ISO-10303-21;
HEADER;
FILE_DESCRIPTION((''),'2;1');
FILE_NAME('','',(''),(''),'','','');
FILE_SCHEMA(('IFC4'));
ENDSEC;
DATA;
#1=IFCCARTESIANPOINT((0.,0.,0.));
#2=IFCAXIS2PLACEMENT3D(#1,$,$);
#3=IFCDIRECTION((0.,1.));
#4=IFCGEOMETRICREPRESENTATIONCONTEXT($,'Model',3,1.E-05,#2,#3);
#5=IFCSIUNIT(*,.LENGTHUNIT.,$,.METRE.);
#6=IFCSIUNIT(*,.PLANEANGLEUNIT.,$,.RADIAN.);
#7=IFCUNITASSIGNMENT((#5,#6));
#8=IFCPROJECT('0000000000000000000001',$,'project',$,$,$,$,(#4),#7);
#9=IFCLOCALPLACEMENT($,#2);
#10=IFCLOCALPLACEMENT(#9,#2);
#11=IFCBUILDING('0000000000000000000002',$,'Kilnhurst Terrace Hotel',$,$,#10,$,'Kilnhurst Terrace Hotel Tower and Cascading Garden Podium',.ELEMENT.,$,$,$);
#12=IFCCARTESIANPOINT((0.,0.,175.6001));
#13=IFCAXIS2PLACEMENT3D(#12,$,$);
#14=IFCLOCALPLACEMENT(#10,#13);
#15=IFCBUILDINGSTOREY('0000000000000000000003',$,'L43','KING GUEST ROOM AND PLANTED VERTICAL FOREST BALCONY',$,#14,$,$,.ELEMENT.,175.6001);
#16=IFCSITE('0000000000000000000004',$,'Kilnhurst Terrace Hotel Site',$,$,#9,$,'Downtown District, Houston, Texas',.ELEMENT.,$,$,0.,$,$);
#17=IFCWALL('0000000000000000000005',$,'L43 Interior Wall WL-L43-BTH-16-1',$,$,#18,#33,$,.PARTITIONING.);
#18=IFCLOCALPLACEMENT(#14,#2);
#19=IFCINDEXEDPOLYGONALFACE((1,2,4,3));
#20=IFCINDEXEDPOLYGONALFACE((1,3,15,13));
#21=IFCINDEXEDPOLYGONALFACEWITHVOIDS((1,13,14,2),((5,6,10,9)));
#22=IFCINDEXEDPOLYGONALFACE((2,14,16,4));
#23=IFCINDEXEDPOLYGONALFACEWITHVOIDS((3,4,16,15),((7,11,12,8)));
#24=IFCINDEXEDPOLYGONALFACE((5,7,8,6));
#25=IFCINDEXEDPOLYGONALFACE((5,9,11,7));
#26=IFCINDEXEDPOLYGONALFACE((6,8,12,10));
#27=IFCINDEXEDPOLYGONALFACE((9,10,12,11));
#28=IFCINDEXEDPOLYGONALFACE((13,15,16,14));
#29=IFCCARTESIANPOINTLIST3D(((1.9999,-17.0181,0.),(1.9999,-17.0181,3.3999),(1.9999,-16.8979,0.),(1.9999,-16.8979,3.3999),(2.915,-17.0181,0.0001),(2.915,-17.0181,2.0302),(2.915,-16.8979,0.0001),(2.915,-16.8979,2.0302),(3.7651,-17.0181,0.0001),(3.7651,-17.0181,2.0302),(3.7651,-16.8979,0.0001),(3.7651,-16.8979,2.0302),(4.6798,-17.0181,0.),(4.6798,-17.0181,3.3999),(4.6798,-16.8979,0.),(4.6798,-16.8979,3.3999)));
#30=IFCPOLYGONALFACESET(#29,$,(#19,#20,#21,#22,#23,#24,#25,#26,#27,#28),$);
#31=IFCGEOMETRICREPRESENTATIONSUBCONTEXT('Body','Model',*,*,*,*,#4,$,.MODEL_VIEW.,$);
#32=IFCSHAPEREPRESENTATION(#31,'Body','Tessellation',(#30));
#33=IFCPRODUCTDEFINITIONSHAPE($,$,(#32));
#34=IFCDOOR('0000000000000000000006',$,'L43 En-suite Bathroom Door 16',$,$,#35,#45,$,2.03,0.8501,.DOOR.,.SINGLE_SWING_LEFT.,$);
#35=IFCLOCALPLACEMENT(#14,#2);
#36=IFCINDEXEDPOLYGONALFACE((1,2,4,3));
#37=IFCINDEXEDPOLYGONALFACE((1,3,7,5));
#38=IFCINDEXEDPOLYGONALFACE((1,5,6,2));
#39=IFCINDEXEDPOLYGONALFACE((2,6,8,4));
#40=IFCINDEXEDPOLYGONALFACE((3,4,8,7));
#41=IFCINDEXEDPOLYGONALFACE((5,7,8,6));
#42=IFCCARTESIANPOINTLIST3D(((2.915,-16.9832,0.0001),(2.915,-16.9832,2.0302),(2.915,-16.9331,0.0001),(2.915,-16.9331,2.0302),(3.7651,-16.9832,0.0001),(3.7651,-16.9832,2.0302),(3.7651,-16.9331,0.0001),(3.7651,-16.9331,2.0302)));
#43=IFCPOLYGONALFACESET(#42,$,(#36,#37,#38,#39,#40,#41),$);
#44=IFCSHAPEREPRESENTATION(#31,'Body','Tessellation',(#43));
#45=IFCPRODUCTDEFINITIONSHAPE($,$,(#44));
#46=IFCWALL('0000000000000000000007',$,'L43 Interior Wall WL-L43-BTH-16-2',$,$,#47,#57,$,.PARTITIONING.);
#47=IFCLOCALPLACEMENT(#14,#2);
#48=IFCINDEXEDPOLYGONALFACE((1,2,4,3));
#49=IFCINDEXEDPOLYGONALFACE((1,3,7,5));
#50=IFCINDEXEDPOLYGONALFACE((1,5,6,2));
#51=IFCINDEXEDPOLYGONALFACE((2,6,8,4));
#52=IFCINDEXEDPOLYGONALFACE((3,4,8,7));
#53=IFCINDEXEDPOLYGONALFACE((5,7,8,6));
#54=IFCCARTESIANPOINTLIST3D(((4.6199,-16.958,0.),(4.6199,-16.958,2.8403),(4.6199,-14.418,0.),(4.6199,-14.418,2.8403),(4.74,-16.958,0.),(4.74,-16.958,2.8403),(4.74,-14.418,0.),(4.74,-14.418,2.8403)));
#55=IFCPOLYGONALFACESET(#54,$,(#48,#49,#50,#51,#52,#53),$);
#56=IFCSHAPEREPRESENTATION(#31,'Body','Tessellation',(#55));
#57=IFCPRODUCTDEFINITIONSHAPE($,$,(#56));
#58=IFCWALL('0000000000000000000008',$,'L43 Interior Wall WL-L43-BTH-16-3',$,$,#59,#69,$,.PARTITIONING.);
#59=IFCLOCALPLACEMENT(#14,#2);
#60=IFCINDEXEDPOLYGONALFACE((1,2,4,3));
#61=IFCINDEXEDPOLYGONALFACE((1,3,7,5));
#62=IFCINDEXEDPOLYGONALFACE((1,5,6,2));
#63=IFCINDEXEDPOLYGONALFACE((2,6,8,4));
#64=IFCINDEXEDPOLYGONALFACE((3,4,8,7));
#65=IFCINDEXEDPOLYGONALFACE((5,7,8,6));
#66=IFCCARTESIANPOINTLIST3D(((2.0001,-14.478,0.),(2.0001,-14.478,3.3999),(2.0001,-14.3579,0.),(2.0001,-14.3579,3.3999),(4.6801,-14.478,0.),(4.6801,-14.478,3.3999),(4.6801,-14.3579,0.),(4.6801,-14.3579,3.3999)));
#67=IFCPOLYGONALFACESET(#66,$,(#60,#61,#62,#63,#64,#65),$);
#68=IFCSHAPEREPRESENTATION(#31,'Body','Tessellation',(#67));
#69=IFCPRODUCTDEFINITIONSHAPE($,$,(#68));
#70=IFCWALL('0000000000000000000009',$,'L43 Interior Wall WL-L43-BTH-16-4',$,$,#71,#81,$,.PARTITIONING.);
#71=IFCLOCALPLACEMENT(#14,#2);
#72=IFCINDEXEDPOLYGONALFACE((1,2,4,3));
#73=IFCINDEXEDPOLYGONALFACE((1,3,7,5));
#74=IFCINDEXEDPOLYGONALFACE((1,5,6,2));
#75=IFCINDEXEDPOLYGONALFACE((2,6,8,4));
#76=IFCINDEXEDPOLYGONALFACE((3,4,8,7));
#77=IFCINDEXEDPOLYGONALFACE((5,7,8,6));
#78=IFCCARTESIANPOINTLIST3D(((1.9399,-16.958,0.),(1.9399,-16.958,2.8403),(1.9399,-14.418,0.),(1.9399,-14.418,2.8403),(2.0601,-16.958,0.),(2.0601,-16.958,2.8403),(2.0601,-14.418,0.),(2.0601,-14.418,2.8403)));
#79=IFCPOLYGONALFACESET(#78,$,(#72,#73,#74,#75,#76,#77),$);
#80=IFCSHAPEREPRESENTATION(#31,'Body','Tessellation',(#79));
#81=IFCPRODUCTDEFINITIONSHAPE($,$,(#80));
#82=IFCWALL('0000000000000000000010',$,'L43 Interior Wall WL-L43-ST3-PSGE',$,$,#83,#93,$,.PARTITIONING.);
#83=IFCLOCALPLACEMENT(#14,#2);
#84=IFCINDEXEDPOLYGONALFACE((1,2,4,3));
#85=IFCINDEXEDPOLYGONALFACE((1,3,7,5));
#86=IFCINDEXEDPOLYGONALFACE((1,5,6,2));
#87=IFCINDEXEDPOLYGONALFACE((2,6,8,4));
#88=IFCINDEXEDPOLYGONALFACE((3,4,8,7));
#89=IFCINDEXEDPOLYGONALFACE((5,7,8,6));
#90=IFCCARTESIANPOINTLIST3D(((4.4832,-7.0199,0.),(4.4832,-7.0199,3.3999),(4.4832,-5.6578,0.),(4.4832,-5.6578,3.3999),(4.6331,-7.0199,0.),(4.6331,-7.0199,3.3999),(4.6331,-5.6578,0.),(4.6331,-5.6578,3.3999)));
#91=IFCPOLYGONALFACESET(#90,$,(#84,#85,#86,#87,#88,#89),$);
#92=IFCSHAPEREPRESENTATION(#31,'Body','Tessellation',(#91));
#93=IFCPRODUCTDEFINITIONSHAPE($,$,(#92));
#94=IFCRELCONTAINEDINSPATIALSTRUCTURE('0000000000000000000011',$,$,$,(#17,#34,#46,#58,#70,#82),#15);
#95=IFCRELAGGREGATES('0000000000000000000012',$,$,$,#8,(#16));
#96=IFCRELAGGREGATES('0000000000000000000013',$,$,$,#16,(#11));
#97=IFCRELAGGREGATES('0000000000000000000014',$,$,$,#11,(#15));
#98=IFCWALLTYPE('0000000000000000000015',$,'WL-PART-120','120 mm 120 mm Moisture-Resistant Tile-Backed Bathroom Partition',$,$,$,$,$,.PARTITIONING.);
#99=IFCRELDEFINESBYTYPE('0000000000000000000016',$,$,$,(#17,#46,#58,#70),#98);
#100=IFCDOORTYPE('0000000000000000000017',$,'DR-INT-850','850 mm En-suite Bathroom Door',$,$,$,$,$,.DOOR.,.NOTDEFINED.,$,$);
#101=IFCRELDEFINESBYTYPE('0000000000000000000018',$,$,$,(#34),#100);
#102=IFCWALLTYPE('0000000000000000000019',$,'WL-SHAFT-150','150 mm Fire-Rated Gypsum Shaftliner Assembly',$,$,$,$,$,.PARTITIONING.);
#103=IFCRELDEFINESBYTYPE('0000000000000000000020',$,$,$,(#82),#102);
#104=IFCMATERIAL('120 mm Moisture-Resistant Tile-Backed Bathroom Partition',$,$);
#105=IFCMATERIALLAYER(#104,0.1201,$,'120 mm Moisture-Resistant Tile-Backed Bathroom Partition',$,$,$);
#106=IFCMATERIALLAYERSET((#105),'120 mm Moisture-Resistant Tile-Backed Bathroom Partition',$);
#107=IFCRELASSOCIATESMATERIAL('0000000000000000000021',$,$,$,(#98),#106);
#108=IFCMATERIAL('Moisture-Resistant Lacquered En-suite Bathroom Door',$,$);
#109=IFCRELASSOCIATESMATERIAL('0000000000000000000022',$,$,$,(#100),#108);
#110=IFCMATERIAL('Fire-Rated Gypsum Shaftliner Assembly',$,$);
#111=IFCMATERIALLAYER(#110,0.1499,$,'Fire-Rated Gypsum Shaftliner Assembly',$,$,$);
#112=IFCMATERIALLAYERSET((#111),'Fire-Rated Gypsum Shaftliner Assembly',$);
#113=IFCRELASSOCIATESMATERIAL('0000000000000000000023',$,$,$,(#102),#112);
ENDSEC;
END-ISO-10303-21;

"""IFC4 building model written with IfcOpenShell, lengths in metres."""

from ifc_helpers import new_model, si_unit, direction, frame, frame_2d, origin, place, context, subcontext, project, spatial, rectangle, extrude, material, layer, layer_set, type_object, element, fill, save


model = new_model("IFC4")

# Units and contexts
model_context = context("Model", 3, precision=1e-05, world=origin(), true_north=direction((0.0, 1.0)))
body_context = subcontext(model_context, "Body", "Model", "MODEL_VIEW")
ifc_project = project(units=[si_unit("LENGTHUNIT", "METRE"), si_unit("PLANEANGLEUNIT", "RADIAN")], contexts=[model_context])

# Site, building, storey
site_placement = place(None, origin())
site = spatial("IfcSite", under=ifc_project, at=site_placement, Name="Kilnhurst Terrace Hotel Site", LongName="Downtown District, Houston, Texas", CompositionType="ELEMENT", RefElevation=0.0)
building_placement = place(site_placement, origin())
building = spatial("IfcBuilding", under=site, at=building_placement, Name="Kilnhurst Terrace Hotel", LongName="Kilnhurst Terrace Hotel Tower and Cascading Garden Podium", CompositionType="ELEMENT")
storey_placement = place(building_placement, frame((0.0, 0.0, 175.6001)))
storey = spatial("IfcBuildingStorey", under=building, at=storey_placement, Name="L43", Description="KING GUEST ROOM AND PLANTED VERTICAL FOREST BALCONY", CompositionType="ELEMENT", Elevation=175.6001)

# Wall, opening, door
ifc_material_1 = material(Name="120 mm Moisture-Resistant Tile-Backed Bathroom Partition")
ifc_layer_1 = layer(ifc_material_1, 0.1201, Name="120 mm Moisture-Resistant Tile-Backed Bathroom Partition")
ifc_layer_set_1 = layer_set([ifc_layer_1], Name="120 mm Moisture-Resistant Tile-Backed Bathroom Partition")
wall_type_1 = type_object("IfcWallType", Name="WL-PART-120", Description="120 mm 120 mm Moisture-Resistant Tile-Backed Bathroom Partition", PredefinedType="PARTITIONING", material=ifc_layer_set_1)
wall_1_placement = place(storey_placement, frame((2.0, -16.958, 0.0), z_axis=(0.0, 0.0, 1.0), x_axis=(1.0, 0.0, 0.0)))
wall_1 = element("IfcWall", 1, at=wall_1_placement, inside=storey, type_object=wall_type_1, Name="L43 Interior Wall WL-L43-BTH-16-1", PredefinedType="PARTITIONING", context=body_context, shape_type="SweptSolid", body=[
    extrude(rectangle(XDim=2.6799, YDim=0.1201, at=frame_2d((1.3398, 0.0))), origin(), (0.0, 0.0, 1.0), 3.3999),
])
opening_placement = place(wall_1_placement, frame((0.915, 0.0, 0.0)))
opening = element("IfcOpeningElement", 2, at=opening_placement, cuts=wall_1, PredefinedType="OPENING", context=body_context, shape_type="SweptSolid", body=[
    extrude(rectangle(XDim=0.8501, YDim=2.03, at=frame_2d((0.425, 1.0151))), frame((0.0, 0.0701, 0.0), z_axis=(0.0, -1.0, 0.0), x_axis=(1.0, 0.0, 0.0)), (0.0, 0.0, 1.0), 0.1401),
])
ifc_material_2 = material(Name="Moisture-Resistant Lacquered En-suite Bathroom Door")
door_type = type_object("IfcDoorType", Name="DR-INT-850", Description="850 mm En-suite Bathroom Door", OperationType="NOTDEFINED", PredefinedType="DOOR", material=ifc_material_2)
door_placement = place(opening_placement, origin())
door = element("IfcDoor", 3, at=door_placement, inside=storey, type_object=door_type, Name="L43 En-suite Bathroom Door 16", OperationType="SINGLE_SWING_LEFT", OverallHeight=2.03, OverallWidth=0.8501, PredefinedType="DOOR", context=body_context, shape_type="SweptSolid", body=[
    extrude(rectangle(XDim=0.8501, YDim=2.03, at=frame_2d((0.425, 1.0151))), frame((0.0, 0.0249, 0.0), z_axis=(0.0, -1.0, 0.0), x_axis=(1.0, 0.0, 0.0)), (0.0, 0.0, 1.0), 0.05),
])
fill(opening, door)

# Walls
wall_2_placement = place(storey_placement, frame((4.6799, -16.958, 0.0), z_axis=(0.0, 0.0, 1.0), x_axis=(0.0, 1.0, 0.0)))
element("IfcWall", 4, at=wall_2_placement, inside=storey, type_object=wall_type_1, Name="L43 Interior Wall WL-L43-BTH-16-2", PredefinedType="PARTITIONING", context=body_context, shape_type="SweptSolid", body=[
    extrude(rectangle(XDim=2.54, YDim=0.1201, at=frame_2d((1.27, 0.0))), origin(), (0.0, 0.0, 1.0), 2.8403),
])
wall_3_placement = place(storey_placement, frame((4.6799, -14.418, 0.0), z_axis=(0.0, 0.0, 1.0), x_axis=(-1.0, 0.0, 0.0)))
element("IfcWall", 5, at=wall_3_placement, inside=storey, type_object=wall_type_1, Name="L43 Interior Wall WL-L43-BTH-16-3", PredefinedType="PARTITIONING", context=body_context, shape_type="SweptSolid", body=[
    extrude(rectangle(XDim=2.6799, YDim=0.1201, at=frame_2d((1.3398, 0.0))), origin(), (0.0, 0.0, 1.0), 3.3999),
])
wall_4_placement = place(storey_placement, frame((2.0, -14.418, 0.0), z_axis=(0.0, 0.0, 1.0), x_axis=(0.0, -1.0, 0.0)))
element("IfcWall", 6, at=wall_4_placement, inside=storey, type_object=wall_type_1, Name="L43 Interior Wall WL-L43-BTH-16-4", PredefinedType="PARTITIONING", context=body_context, shape_type="SweptSolid", body=[
    extrude(rectangle(XDim=2.54, YDim=0.1201, at=frame_2d((1.27, 0.0))), origin(), (0.0, 0.0, 1.0), 2.8403),
])
ifc_material_3 = material(Name="Fire-Rated Gypsum Shaftliner Assembly")
ifc_layer_2 = layer(ifc_material_3, 0.1499, Name="Fire-Rated Gypsum Shaftliner Assembly")
ifc_layer_set_2 = layer_set([ifc_layer_2], Name="Fire-Rated Gypsum Shaftliner Assembly")
wall_type_2 = type_object("IfcWallType", Name="WL-SHAFT-150", Description="150 mm Fire-Rated Gypsum Shaftliner Assembly", PredefinedType="PARTITIONING", material=ifc_layer_set_2)
wall_5_placement = place(storey_placement, frame((4.5581, -7.02, 0.0), z_axis=(0.0, 0.0, 1.0), x_axis=(0.0, 1.0, 0.0)))
element("IfcWall", 7, at=wall_5_placement, inside=storey, type_object=wall_type_2, Name="L43 Interior Wall WL-L43-ST3-PSGE", PredefinedType="PARTITIONING", context=body_context, shape_type="SweptSolid", body=[
    extrude(rectangle(XDim=1.3621, YDim=0.1499, at=frame_2d((0.6812, 0.0))), origin(), (0.0, 0.0, 1.0), 3.3999),
])

save(model, "model.ifc")
